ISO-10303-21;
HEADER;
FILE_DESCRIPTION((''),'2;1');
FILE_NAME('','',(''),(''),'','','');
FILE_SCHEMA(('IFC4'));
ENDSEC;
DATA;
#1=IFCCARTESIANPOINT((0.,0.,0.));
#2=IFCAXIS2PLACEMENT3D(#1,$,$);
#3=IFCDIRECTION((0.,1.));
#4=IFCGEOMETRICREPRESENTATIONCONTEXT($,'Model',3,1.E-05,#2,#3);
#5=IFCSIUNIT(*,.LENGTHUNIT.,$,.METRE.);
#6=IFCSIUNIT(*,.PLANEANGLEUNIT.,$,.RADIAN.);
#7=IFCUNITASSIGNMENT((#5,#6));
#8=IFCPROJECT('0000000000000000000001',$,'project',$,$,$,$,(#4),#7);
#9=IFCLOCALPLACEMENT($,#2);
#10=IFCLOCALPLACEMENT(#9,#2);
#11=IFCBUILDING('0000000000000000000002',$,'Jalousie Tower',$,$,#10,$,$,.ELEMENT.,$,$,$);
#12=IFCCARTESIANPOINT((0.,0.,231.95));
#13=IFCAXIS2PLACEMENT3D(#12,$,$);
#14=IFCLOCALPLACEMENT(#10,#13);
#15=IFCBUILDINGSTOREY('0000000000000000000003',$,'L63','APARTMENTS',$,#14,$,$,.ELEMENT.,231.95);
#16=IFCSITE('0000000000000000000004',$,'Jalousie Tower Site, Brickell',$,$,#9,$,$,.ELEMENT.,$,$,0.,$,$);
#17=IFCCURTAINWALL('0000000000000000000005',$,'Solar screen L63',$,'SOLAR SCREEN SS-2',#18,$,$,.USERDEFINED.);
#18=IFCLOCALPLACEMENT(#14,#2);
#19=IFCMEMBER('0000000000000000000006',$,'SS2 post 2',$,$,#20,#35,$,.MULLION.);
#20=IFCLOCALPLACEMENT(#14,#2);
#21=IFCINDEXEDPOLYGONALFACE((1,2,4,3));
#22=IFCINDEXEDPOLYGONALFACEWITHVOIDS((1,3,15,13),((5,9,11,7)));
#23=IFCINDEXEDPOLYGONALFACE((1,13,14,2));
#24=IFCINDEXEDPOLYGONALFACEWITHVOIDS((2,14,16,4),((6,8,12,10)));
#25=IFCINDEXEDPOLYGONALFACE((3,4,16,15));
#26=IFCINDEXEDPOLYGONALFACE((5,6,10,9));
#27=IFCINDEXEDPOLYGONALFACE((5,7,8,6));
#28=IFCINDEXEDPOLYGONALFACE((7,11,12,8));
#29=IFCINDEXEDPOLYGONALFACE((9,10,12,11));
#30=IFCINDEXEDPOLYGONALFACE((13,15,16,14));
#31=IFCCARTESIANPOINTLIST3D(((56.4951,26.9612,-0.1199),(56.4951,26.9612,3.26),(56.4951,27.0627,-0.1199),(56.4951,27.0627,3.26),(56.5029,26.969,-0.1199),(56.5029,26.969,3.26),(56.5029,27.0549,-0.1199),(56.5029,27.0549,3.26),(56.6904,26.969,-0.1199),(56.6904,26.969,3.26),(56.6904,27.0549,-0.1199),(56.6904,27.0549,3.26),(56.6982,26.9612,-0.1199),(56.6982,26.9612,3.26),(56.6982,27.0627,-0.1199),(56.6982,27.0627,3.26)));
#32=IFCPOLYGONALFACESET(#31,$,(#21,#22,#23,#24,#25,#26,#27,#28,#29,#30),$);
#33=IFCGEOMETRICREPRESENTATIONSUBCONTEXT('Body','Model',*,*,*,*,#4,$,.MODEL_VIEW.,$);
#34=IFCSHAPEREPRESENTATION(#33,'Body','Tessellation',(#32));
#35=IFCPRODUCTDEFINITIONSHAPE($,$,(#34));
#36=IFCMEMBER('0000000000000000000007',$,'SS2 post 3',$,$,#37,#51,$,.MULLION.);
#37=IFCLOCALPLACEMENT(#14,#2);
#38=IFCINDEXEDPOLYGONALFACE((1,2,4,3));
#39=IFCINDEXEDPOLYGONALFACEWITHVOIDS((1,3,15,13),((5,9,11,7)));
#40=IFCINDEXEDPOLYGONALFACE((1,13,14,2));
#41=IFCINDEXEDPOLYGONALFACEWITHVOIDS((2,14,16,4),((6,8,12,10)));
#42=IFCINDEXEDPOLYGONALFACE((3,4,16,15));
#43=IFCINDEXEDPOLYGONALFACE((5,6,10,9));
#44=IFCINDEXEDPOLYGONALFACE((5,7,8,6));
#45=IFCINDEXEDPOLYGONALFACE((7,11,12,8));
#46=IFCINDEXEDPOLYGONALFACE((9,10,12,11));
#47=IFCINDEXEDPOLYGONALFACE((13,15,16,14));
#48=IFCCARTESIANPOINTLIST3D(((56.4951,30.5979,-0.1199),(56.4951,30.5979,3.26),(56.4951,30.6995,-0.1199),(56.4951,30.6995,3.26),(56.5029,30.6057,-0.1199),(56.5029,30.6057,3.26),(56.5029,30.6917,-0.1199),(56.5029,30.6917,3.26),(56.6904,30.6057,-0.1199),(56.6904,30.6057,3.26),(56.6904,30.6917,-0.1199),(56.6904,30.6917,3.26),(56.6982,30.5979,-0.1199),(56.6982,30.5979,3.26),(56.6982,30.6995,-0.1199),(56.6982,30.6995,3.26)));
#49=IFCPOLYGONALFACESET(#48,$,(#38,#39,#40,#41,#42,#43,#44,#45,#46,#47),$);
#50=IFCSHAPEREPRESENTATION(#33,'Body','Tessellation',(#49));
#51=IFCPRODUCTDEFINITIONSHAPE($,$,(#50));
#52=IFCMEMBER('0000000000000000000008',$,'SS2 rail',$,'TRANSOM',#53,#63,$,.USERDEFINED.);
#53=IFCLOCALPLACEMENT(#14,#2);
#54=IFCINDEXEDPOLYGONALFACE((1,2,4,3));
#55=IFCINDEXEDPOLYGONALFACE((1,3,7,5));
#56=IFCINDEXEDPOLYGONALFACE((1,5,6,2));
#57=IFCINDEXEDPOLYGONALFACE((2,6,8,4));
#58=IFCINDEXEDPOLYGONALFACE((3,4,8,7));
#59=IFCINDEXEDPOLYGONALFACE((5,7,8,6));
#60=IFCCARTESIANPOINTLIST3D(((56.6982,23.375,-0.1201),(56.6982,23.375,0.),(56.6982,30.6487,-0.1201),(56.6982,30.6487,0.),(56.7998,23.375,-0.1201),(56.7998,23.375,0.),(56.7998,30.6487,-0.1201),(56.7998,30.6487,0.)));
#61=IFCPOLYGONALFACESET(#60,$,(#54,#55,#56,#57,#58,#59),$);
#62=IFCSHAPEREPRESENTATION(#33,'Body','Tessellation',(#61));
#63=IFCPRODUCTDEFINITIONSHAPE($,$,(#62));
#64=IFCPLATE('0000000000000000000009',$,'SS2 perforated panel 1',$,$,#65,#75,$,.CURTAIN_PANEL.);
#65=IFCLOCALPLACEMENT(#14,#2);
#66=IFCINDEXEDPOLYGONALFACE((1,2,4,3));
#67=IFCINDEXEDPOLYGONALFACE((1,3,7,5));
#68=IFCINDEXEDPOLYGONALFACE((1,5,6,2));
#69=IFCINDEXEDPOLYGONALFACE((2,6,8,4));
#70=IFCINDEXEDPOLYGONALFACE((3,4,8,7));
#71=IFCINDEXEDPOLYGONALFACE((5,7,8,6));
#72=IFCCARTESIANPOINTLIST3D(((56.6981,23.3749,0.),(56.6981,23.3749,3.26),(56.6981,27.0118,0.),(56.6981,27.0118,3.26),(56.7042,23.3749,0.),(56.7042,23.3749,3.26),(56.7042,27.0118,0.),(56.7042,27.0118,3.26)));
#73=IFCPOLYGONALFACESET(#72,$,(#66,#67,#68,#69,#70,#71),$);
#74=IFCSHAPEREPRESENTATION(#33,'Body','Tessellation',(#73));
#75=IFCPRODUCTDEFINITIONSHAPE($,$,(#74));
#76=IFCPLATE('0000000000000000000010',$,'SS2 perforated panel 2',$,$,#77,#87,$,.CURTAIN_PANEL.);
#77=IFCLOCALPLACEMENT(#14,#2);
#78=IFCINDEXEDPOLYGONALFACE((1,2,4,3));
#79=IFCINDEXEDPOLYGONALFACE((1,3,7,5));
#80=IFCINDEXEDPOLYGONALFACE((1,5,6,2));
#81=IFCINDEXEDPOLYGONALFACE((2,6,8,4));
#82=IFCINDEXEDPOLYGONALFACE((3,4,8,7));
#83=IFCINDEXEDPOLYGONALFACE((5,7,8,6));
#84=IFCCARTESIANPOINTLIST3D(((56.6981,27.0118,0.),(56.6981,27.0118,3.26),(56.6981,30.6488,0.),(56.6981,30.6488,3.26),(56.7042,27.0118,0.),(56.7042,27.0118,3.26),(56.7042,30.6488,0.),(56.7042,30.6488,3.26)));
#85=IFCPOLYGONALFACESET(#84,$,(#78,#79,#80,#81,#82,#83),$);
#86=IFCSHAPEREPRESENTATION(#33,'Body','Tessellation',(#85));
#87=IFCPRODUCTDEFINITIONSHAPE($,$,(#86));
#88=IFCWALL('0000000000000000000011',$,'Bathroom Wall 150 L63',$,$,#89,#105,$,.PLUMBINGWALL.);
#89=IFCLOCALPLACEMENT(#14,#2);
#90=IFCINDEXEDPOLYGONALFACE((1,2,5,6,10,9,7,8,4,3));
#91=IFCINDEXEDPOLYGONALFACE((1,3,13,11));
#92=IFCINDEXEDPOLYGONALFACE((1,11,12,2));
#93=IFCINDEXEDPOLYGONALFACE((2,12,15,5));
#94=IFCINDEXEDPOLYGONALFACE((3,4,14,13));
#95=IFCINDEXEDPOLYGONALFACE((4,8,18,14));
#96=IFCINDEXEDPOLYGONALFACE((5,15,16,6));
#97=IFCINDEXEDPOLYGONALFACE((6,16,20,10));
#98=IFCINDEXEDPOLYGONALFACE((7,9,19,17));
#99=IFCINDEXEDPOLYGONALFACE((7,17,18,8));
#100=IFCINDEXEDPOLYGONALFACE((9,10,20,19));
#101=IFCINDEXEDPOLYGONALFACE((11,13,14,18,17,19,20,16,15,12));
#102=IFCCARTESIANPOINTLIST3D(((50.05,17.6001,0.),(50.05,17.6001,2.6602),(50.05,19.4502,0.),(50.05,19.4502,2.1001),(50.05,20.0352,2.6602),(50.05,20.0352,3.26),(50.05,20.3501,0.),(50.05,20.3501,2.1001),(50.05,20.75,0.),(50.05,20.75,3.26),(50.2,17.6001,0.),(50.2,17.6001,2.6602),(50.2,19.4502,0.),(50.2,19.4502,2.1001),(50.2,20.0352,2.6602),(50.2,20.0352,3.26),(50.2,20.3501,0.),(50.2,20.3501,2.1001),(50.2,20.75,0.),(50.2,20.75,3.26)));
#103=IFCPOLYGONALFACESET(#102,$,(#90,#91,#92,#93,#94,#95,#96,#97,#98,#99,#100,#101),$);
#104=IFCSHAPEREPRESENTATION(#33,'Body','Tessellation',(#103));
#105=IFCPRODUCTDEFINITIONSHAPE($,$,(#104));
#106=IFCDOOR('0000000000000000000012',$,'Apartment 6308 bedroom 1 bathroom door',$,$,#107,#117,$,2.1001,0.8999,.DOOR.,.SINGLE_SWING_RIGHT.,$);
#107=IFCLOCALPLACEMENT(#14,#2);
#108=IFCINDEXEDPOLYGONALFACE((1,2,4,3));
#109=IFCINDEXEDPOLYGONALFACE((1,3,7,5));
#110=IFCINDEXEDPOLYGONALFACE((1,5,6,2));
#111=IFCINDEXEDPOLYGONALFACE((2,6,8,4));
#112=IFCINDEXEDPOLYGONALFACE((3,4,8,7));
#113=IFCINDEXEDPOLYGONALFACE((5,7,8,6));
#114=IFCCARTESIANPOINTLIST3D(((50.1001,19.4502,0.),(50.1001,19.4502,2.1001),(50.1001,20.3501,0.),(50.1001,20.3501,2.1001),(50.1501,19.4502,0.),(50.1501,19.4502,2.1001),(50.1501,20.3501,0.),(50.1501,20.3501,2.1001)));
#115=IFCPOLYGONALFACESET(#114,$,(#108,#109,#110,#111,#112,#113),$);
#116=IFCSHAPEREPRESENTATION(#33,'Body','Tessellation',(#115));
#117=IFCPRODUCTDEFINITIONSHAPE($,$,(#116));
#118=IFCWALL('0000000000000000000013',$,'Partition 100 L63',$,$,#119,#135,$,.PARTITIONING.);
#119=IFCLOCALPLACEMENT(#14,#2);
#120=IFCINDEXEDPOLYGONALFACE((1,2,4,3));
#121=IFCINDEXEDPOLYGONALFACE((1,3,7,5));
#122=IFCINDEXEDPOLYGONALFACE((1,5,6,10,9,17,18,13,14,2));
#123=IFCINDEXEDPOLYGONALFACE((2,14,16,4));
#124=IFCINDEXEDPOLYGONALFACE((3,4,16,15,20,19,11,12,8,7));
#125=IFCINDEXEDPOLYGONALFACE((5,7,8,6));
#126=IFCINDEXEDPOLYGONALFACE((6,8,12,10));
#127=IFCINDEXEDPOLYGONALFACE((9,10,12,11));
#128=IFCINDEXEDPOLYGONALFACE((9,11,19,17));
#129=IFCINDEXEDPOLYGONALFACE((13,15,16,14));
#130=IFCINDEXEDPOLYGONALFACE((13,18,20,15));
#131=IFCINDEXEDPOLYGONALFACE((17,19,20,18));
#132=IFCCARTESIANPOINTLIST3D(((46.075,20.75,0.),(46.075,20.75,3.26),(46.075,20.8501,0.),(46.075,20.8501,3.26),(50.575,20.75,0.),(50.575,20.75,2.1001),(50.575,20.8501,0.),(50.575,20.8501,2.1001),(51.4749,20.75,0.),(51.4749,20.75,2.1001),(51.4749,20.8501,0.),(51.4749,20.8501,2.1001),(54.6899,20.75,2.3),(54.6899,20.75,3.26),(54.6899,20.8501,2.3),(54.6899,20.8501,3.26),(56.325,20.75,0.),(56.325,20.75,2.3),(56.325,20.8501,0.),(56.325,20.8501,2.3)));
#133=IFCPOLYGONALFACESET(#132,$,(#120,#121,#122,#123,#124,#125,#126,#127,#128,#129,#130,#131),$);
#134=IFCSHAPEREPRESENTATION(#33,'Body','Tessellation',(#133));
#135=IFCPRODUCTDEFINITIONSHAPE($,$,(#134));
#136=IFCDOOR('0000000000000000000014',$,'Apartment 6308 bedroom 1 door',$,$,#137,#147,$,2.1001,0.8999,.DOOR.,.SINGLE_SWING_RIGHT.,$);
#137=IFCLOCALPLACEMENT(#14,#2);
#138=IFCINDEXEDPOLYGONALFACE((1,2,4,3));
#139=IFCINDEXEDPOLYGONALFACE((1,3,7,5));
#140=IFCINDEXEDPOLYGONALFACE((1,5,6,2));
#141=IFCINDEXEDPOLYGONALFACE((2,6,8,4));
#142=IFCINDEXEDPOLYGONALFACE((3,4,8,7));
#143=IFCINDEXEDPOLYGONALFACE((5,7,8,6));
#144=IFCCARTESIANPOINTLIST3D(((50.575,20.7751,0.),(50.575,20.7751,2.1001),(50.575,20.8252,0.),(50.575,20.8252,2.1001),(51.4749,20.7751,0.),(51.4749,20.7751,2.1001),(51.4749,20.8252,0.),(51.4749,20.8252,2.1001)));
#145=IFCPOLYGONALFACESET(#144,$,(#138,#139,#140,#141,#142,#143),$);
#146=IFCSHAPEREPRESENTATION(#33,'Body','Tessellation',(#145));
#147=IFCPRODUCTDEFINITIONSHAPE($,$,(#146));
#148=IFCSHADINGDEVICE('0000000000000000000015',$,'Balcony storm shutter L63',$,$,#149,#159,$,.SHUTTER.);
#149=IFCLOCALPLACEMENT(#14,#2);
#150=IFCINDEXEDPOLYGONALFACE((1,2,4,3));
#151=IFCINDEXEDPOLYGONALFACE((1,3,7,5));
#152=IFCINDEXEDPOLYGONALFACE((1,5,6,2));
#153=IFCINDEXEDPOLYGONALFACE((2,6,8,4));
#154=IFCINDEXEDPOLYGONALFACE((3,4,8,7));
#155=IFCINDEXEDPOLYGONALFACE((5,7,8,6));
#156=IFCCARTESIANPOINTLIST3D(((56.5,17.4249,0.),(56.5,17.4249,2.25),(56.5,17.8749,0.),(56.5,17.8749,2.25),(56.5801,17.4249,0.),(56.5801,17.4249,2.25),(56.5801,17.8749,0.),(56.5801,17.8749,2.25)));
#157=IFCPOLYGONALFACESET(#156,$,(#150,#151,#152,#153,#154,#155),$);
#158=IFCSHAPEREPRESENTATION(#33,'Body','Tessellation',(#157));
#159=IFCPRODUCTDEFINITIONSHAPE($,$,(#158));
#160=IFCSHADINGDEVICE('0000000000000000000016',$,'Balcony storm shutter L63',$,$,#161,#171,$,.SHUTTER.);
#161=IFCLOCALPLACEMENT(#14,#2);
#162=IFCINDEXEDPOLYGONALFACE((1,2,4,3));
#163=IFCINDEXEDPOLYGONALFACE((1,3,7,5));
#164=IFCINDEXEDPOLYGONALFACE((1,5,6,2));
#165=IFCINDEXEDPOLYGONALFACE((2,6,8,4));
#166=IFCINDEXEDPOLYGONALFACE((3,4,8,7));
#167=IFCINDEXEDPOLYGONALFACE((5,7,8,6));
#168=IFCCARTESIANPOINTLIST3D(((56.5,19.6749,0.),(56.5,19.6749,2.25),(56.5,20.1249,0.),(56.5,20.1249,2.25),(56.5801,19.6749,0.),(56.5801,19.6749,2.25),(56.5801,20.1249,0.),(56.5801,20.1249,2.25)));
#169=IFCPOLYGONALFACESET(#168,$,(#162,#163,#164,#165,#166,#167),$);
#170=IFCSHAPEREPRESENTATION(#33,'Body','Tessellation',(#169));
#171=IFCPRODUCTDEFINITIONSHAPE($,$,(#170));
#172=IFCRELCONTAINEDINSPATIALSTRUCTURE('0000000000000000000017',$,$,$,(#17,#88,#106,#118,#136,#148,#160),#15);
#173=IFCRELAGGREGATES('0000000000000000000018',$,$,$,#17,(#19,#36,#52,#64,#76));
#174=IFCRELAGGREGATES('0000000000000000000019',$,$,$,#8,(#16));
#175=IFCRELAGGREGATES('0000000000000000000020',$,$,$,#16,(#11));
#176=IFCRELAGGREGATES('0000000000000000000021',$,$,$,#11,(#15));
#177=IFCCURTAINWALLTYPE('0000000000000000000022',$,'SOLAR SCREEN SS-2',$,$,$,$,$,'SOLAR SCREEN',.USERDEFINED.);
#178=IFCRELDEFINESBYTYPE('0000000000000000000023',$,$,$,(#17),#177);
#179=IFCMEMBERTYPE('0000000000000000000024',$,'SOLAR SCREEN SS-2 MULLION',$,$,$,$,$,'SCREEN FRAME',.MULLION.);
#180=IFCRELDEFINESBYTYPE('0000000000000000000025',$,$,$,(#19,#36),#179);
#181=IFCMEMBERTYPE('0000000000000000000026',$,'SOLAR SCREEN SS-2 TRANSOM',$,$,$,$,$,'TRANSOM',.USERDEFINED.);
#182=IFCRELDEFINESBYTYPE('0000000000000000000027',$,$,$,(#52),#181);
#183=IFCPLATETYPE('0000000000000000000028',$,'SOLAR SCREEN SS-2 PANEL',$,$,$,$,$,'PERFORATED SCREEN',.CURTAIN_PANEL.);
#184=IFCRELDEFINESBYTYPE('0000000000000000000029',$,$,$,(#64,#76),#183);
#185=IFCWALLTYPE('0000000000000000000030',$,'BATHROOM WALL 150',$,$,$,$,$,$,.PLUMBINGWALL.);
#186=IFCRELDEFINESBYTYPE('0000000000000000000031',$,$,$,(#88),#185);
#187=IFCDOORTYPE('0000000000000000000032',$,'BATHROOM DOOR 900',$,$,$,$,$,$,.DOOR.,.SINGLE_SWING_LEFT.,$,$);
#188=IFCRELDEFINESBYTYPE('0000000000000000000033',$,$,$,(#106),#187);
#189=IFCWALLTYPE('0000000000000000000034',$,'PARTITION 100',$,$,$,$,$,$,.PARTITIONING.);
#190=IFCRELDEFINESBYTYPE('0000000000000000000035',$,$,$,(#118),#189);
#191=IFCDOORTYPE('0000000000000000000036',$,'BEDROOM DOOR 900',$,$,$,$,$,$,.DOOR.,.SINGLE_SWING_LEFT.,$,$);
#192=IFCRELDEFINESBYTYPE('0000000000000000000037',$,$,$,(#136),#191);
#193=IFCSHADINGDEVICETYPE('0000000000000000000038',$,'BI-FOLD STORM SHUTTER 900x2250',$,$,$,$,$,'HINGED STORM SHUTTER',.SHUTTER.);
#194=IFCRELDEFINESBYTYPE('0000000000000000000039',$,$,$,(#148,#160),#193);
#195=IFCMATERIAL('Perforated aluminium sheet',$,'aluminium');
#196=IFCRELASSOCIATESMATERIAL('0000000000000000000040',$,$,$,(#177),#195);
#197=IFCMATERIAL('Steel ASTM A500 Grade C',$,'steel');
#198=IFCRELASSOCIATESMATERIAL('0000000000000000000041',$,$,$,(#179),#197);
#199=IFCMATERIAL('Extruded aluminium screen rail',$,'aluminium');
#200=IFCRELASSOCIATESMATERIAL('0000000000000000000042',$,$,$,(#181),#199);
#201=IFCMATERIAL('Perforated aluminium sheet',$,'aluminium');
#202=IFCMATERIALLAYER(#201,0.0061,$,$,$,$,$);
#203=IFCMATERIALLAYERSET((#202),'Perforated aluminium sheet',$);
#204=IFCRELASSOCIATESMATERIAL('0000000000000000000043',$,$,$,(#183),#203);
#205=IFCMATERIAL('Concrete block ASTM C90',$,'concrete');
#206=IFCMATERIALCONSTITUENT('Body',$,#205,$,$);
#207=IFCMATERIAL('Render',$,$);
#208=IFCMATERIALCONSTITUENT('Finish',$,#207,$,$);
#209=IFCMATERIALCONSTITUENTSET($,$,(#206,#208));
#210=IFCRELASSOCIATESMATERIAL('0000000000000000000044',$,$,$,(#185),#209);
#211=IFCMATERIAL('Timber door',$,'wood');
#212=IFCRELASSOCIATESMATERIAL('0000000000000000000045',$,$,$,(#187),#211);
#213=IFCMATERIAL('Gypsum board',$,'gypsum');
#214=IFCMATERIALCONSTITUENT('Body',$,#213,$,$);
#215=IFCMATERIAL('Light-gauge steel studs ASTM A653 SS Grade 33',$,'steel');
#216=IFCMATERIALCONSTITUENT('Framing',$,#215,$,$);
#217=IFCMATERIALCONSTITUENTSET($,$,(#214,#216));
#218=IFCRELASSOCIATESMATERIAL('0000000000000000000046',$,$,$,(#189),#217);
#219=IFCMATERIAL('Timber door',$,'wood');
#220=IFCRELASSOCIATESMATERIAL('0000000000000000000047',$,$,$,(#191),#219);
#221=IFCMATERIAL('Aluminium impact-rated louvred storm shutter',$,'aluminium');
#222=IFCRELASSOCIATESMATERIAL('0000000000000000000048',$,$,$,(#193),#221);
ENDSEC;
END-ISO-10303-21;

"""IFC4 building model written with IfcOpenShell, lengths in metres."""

from ifc_helpers import new_model, si_unit, direction, frame, frame_2d, origin, origin_2d, place, context, subcontext, project, spatial, polyline, rectangle, hollow_rectangle, outline, extrude, material, layer, layer_set, constituent, constituent_set, material_profile, profile_set, type_object, element, fill, aggregate, save


model = new_model("IFC4")

# Units and contexts
model_context = context("Model", 3, precision=1e-05, world=origin(), true_north=direction((0.0, 1.0)))
body_context = subcontext(model_context, "Body", "Model", "MODEL_VIEW")
ifc_project = project(units=[si_unit("LENGTHUNIT", "METRE"), si_unit("PLANEANGLEUNIT", "RADIAN")], contexts=[model_context])

# Site, building, storey
site_placement = place(None, origin())
site = spatial("IfcSite", under=ifc_project, at=site_placement, Name="Jalousie Tower Site, Brickell", CompositionType="ELEMENT", RefElevation=0.0)
building_placement = place(site_placement, origin())
building = spatial("IfcBuilding", under=site, at=building_placement, Name="Jalousie Tower", CompositionType="ELEMENT")
storey_placement = place(building_placement, frame((0.0, 0.0, 231.95)))
storey = spatial("IfcBuildingStorey", under=building, at=storey_placement, Name="L63", Description="APARTMENTS", CompositionType="ELEMENT", Elevation=231.95)

# Curtain wall, members, plates
ifc_material_1 = material(Name="Perforated aluminium sheet", Category="aluminium")
curtain_wall_type_1 = type_object("IfcCurtainWallType", Name="SOLAR SCREEN SS-2", ElementType="SOLAR SCREEN", PredefinedType="USERDEFINED", material=ifc_material_1)
curtain_wall_1_placement = place(storey_placement, origin())
curtain_wall_1 = element("IfcCurtainWall", 1, at=curtain_wall_1_placement, inside=storey, type_object=curtain_wall_type_1, Name="Solar screen L63", ObjectType="SOLAR SCREEN SS-2", PredefinedType="USERDEFINED")
ifc_material_2 = material(Name="Steel ASTM A500 Grade C", Category="steel")
ifc_material_profile_1 = material_profile(ifc_material_2, hollow_rectangle(XDim=0.1016, YDim=0.2031, WallThickness=0.0078, at=origin_2d()), Name="HSS8X4X5/16")
ifc_profile_set_1 = profile_set([ifc_material_profile_1], Name="Steel ASTM A500 Grade C")
member_type_1 = type_object("IfcMemberType", Name="SOLAR SCREEN SS-2 MULLION", ElementType="SCREEN FRAME", PredefinedType="MULLION", material=ifc_profile_set_1)
member_1_placement = place(storey_placement, frame((56.5967, 27.012, -0.1199), z_axis=(0.0, 0.0, 1.0), x_axis=(0.0, 1.0, 0.0)))
member_1 = element("IfcMember", 2, at=member_1_placement, type_object=member_type_1, Name="SS2 post 2", PredefinedType="MULLION", context=body_context, shape_type="SweptSolid", body=[
    extrude(hollow_rectangle(XDim=0.1016, YDim=0.2031, WallThickness=0.0078, at=origin_2d()), origin(), (0.0, 0.0, 1.0), 3.3799),
])
member_2_placement = place(storey_placement, frame((56.5967, 30.6487, -0.1199), z_axis=(0.0, 0.0, 1.0), x_axis=(0.0, 1.0, 0.0)))
member_2 = element("IfcMember", 3, at=member_2_placement, type_object=member_type_1, Name="SS2 post 3", PredefinedType="MULLION", context=body_context, shape_type="SweptSolid", body=[
    extrude(hollow_rectangle(XDim=0.1016, YDim=0.2031, WallThickness=0.0078, at=origin_2d()), origin(), (0.0, 0.0, 1.0), 3.3799),
])
ifc_material_3 = material(Name="Extruded aluminium screen rail", Category="aluminium")
ifc_material_profile_2 = material_profile(ifc_material_3, rectangle(XDim=0.1016, YDim=0.1201, at=origin_2d()), Name="RAIL 102x120")
ifc_profile_set_2 = profile_set([ifc_material_profile_2], Name="Extruded aluminium screen rail")
member_type_2 = type_object("IfcMemberType", Name="SOLAR SCREEN SS-2 TRANSOM", ElementType="TRANSOM", PredefinedType="USERDEFINED", material=ifc_profile_set_2)
member_3_placement = place(storey_placement, frame((56.749, 23.375, -0.0601), z_axis=(0.0, 1.0, 0.0), x_axis=(-1.0, 0.0, 0.0)))
member_3 = element("IfcMember", 4, at=member_3_placement, type_object=member_type_2, Name="SS2 rail", ObjectType="TRANSOM", PredefinedType="USERDEFINED", context=body_context, shape_type="SweptSolid", body=[
    extrude(rectangle(XDim=0.1016, YDim=0.1201, at=origin_2d()), origin(), (0.0, 0.0, 1.0), 7.2737),
])
ifc_material_4 = material(Name="Perforated aluminium sheet", Category="aluminium")
ifc_layer_1 = layer(ifc_material_4, 0.0061)
ifc_layer_set_1 = layer_set([ifc_layer_1], Name="Perforated aluminium sheet")
plate_type = type_object("IfcPlateType", Name="SOLAR SCREEN SS-2 PANEL", ElementType="PERFORATED SCREEN", PredefinedType="CURTAIN_PANEL", material=ifc_layer_set_1)
plate_1_placement = place(storey_placement, frame((56.7012, 25.1934, 0.0), z_axis=(0.0, 0.0, 1.0), x_axis=(0.0, 1.0, 0.0)))
plate_1 = element("IfcPlate", 5, at=plate_1_placement, type_object=plate_type, Name="SS2 perforated panel 1", PredefinedType="CURTAIN_PANEL", context=body_context, shape_type="SweptSolid", body=[
    extrude(rectangle(XDim=3.637, YDim=0.0061, at=origin_2d()), origin(), (0.0, 0.0, 1.0), 3.26),
])
plate_2_placement = place(storey_placement, frame((56.7012, 28.8303, 0.0), z_axis=(0.0, 0.0, 1.0), x_axis=(0.0, 1.0, 0.0)))
plate_2 = element("IfcPlate", 6, at=plate_2_placement, type_object=plate_type, Name="SS2 perforated panel 2", PredefinedType="CURTAIN_PANEL", context=body_context, shape_type="SweptSolid", body=[
    extrude(rectangle(XDim=3.637, YDim=0.0061, at=origin_2d()), origin(), (0.0, 0.0, 1.0), 3.26),
])
aggregate(curtain_wall_1, [member_1, member_2, member_3, plate_1, plate_2])

# Walls, openings, doors
ifc_material_5 = material(Name="Concrete block ASTM C90", Category="concrete")
ifc_constituent_1 = constituent(ifc_material_5, Name="Body")
ifc_material_6 = material(Name="Render")
ifc_constituent_2 = constituent(ifc_material_6, Name="Finish")
ifc_constituent_set_1 = constituent_set(constituents=[ifc_constituent_1, ifc_constituent_2])
wall_type_1 = type_object("IfcWallType", Name="BATHROOM WALL 150", PredefinedType="PLUMBINGWALL", material=ifc_constituent_set_1)
wall_1_placement = place(storey_placement, frame((50.125, 17.6001, 0.0), z_axis=(0.0, 0.0, 1.0), x_axis=(0.0, 1.0, 0.0)))
wall_1 = element("IfcWall", 7, at=wall_1_placement, inside=storey, type_object=wall_type_1, Name="Bathroom Wall 150 L63", PredefinedType="PLUMBINGWALL", context=body_context, shape_type="SweptSolid", body=[
    extrude(outline(polyline([(0.0, 0.0), (3.1499, 0.0), (3.1499, 3.26), (2.4351, 3.26), (2.4351, 2.6602), (0.0, 2.6602), (0.0, 3.26), (0.0, 0.0)])), frame((0.0, 0.075, 0.0), z_axis=(0.0, -1.0, 0.0), x_axis=(1.0, 0.0, 0.0)), (0.0, 0.0, 1.0), 0.1499),
])
opening_1_placement = place(wall_1_placement, frame((1.8501, 0.0, 0.0)))
opening_1 = element("IfcOpeningElement", 8, at=opening_1_placement, cuts=wall_1, PredefinedType="OPENING", context=body_context, shape_type="SweptSolid", body=[
    extrude(rectangle(XDim=0.8999, YDim=2.1001, at=frame_2d((0.45, 1.05))), frame((0.0, 0.085, 0.0), z_axis=(0.0, -1.0, 0.0), x_axis=(1.0, 0.0, 0.0)), (0.0, 0.0, 1.0), 0.1699),
])
ifc_material_7 = material(Name="Timber door", Category="wood")
door_type_1 = type_object("IfcDoorType", Name="BATHROOM DOOR 900", OperationType="SINGLE_SWING_LEFT", PredefinedType="DOOR", material=ifc_material_7)
door_1_placement = place(opening_1_placement, origin())
door_1 = element("IfcDoor", 9, at=door_1_placement, inside=storey, type_object=door_type_1, Name="Apartment 6308 bedroom 1 bathroom door", OperationType="SINGLE_SWING_RIGHT", OverallHeight=2.1001, OverallWidth=0.8999, PredefinedType="DOOR", context=body_context, shape_type="SweptSolid", body=[
    extrude(rectangle(XDim=0.8999, YDim=2.1001, at=frame_2d((0.45, 1.05))), frame((0.0, 0.0249, 0.0), z_axis=(0.0, -1.0, 0.0), x_axis=(1.0, 0.0, 0.0)), (0.0, 0.0, 1.0), 0.05),
])
fill(opening_1, door_1)
ifc_material_8 = material(Name="Gypsum board", Category="gypsum")
ifc_constituent_3 = constituent(ifc_material_8, Name="Body")
ifc_material_9 = material(Name="Light-gauge steel studs ASTM A653 SS Grade 33", Category="steel")
ifc_constituent_4 = constituent(ifc_material_9, Name="Framing")
ifc_constituent_set_2 = constituent_set(constituents=[ifc_constituent_3, ifc_constituent_4])
wall_type_2 = type_object("IfcWallType", Name="PARTITION 100", PredefinedType="PARTITIONING", material=ifc_constituent_set_2)
wall_2_placement = place(storey_placement, frame((56.325, 20.8, 0.0), z_axis=(0.0, 0.0, 1.0), x_axis=(-1.0, 0.0, 0.0)))
wall_2 = element("IfcWall", 10, at=wall_2_placement, inside=storey, type_object=wall_type_2, Name="Partition 100 L63", PredefinedType="PARTITIONING", context=body_context, shape_type="SweptSolid", body=[
    extrude(outline(polyline([(0.0, 0.0), (10.25, 0.0), (10.25, 3.26), (1.635, 3.26), (1.635, 2.3), (0.0, 2.3), (0.0, 3.26), (0.0, 0.0)])), frame((0.0, 0.05, 0.0), z_axis=(0.0, -1.0, 0.0), x_axis=(1.0, 0.0, 0.0)), (0.0, 0.0, 1.0), 0.1001),
])
opening_2_placement = place(wall_2_placement, frame((4.8501, 0.0, 0.0)))
opening_2 = element("IfcOpeningElement", 11, at=opening_2_placement, cuts=wall_2, PredefinedType="OPENING", context=body_context, shape_type="SweptSolid", body=[
    extrude(rectangle(XDim=0.8999, YDim=2.1001, at=frame_2d((0.45, 1.05))), frame((0.0, 0.0601, 0.0), z_axis=(0.0, -1.0, 0.0), x_axis=(1.0, 0.0, 0.0)), (0.0, 0.0, 1.0), 0.1201),
])
ifc_material_10 = material(Name="Timber door", Category="wood")
door_type_2 = type_object("IfcDoorType", Name="BEDROOM DOOR 900", OperationType="SINGLE_SWING_LEFT", PredefinedType="DOOR", material=ifc_material_10)
door_2_placement = place(opening_2_placement, origin())
door_2 = element("IfcDoor", 12, at=door_2_placement, inside=storey, type_object=door_type_2, Name="Apartment 6308 bedroom 1 door", OperationType="SINGLE_SWING_RIGHT", OverallHeight=2.1001, OverallWidth=0.8999, PredefinedType="DOOR", context=body_context, shape_type="SweptSolid", body=[
    extrude(rectangle(XDim=0.8999, YDim=2.1001, at=frame_2d((0.45, 1.05))), frame((0.0, 0.0249, 0.0), z_axis=(0.0, -1.0, 0.0), x_axis=(1.0, 0.0, 0.0)), (0.0, 0.0, 1.0), 0.05),
])
fill(opening_2, door_2)

# Shading devices
ifc_material_11 = material(Name="Aluminium impact-rated louvred storm shutter", Category="aluminium")
shading_device_type_1 = type_object("IfcShadingDeviceType", Name="BI-FOLD STORM SHUTTER 900x2250", ElementType="HINGED STORM SHUTTER", PredefinedType="SHUTTER", material=ifc_material_11)
for number, where, z_axis, x_axis, name in (
    (13, (56.54, 17.6499, 0.0), (0.0, 0.0, 1.0), (0.0, 1.0, 0.0), "Balcony storm shutter L63"),
    (14, (56.54, 19.8999, 0.0), (0.0, 0.0, 1.0), (0.0, 1.0, 0.0), "Balcony storm shutter L63"),
):
    element("IfcShadingDevice", number, at=place(storey_placement, frame(where, z_axis=z_axis, x_axis=x_axis)), inside=storey, type_object=shading_device_type_1, Name=name, PredefinedType="SHUTTER", context=body_context, shape_type="SweptSolid", body=[
        extrude(rectangle(XDim=0.45, YDim=0.0801, at=origin_2d()), origin(), (0.0, 0.0, 1.0), 2.25),
    ])

save(model, "model.ifc")
